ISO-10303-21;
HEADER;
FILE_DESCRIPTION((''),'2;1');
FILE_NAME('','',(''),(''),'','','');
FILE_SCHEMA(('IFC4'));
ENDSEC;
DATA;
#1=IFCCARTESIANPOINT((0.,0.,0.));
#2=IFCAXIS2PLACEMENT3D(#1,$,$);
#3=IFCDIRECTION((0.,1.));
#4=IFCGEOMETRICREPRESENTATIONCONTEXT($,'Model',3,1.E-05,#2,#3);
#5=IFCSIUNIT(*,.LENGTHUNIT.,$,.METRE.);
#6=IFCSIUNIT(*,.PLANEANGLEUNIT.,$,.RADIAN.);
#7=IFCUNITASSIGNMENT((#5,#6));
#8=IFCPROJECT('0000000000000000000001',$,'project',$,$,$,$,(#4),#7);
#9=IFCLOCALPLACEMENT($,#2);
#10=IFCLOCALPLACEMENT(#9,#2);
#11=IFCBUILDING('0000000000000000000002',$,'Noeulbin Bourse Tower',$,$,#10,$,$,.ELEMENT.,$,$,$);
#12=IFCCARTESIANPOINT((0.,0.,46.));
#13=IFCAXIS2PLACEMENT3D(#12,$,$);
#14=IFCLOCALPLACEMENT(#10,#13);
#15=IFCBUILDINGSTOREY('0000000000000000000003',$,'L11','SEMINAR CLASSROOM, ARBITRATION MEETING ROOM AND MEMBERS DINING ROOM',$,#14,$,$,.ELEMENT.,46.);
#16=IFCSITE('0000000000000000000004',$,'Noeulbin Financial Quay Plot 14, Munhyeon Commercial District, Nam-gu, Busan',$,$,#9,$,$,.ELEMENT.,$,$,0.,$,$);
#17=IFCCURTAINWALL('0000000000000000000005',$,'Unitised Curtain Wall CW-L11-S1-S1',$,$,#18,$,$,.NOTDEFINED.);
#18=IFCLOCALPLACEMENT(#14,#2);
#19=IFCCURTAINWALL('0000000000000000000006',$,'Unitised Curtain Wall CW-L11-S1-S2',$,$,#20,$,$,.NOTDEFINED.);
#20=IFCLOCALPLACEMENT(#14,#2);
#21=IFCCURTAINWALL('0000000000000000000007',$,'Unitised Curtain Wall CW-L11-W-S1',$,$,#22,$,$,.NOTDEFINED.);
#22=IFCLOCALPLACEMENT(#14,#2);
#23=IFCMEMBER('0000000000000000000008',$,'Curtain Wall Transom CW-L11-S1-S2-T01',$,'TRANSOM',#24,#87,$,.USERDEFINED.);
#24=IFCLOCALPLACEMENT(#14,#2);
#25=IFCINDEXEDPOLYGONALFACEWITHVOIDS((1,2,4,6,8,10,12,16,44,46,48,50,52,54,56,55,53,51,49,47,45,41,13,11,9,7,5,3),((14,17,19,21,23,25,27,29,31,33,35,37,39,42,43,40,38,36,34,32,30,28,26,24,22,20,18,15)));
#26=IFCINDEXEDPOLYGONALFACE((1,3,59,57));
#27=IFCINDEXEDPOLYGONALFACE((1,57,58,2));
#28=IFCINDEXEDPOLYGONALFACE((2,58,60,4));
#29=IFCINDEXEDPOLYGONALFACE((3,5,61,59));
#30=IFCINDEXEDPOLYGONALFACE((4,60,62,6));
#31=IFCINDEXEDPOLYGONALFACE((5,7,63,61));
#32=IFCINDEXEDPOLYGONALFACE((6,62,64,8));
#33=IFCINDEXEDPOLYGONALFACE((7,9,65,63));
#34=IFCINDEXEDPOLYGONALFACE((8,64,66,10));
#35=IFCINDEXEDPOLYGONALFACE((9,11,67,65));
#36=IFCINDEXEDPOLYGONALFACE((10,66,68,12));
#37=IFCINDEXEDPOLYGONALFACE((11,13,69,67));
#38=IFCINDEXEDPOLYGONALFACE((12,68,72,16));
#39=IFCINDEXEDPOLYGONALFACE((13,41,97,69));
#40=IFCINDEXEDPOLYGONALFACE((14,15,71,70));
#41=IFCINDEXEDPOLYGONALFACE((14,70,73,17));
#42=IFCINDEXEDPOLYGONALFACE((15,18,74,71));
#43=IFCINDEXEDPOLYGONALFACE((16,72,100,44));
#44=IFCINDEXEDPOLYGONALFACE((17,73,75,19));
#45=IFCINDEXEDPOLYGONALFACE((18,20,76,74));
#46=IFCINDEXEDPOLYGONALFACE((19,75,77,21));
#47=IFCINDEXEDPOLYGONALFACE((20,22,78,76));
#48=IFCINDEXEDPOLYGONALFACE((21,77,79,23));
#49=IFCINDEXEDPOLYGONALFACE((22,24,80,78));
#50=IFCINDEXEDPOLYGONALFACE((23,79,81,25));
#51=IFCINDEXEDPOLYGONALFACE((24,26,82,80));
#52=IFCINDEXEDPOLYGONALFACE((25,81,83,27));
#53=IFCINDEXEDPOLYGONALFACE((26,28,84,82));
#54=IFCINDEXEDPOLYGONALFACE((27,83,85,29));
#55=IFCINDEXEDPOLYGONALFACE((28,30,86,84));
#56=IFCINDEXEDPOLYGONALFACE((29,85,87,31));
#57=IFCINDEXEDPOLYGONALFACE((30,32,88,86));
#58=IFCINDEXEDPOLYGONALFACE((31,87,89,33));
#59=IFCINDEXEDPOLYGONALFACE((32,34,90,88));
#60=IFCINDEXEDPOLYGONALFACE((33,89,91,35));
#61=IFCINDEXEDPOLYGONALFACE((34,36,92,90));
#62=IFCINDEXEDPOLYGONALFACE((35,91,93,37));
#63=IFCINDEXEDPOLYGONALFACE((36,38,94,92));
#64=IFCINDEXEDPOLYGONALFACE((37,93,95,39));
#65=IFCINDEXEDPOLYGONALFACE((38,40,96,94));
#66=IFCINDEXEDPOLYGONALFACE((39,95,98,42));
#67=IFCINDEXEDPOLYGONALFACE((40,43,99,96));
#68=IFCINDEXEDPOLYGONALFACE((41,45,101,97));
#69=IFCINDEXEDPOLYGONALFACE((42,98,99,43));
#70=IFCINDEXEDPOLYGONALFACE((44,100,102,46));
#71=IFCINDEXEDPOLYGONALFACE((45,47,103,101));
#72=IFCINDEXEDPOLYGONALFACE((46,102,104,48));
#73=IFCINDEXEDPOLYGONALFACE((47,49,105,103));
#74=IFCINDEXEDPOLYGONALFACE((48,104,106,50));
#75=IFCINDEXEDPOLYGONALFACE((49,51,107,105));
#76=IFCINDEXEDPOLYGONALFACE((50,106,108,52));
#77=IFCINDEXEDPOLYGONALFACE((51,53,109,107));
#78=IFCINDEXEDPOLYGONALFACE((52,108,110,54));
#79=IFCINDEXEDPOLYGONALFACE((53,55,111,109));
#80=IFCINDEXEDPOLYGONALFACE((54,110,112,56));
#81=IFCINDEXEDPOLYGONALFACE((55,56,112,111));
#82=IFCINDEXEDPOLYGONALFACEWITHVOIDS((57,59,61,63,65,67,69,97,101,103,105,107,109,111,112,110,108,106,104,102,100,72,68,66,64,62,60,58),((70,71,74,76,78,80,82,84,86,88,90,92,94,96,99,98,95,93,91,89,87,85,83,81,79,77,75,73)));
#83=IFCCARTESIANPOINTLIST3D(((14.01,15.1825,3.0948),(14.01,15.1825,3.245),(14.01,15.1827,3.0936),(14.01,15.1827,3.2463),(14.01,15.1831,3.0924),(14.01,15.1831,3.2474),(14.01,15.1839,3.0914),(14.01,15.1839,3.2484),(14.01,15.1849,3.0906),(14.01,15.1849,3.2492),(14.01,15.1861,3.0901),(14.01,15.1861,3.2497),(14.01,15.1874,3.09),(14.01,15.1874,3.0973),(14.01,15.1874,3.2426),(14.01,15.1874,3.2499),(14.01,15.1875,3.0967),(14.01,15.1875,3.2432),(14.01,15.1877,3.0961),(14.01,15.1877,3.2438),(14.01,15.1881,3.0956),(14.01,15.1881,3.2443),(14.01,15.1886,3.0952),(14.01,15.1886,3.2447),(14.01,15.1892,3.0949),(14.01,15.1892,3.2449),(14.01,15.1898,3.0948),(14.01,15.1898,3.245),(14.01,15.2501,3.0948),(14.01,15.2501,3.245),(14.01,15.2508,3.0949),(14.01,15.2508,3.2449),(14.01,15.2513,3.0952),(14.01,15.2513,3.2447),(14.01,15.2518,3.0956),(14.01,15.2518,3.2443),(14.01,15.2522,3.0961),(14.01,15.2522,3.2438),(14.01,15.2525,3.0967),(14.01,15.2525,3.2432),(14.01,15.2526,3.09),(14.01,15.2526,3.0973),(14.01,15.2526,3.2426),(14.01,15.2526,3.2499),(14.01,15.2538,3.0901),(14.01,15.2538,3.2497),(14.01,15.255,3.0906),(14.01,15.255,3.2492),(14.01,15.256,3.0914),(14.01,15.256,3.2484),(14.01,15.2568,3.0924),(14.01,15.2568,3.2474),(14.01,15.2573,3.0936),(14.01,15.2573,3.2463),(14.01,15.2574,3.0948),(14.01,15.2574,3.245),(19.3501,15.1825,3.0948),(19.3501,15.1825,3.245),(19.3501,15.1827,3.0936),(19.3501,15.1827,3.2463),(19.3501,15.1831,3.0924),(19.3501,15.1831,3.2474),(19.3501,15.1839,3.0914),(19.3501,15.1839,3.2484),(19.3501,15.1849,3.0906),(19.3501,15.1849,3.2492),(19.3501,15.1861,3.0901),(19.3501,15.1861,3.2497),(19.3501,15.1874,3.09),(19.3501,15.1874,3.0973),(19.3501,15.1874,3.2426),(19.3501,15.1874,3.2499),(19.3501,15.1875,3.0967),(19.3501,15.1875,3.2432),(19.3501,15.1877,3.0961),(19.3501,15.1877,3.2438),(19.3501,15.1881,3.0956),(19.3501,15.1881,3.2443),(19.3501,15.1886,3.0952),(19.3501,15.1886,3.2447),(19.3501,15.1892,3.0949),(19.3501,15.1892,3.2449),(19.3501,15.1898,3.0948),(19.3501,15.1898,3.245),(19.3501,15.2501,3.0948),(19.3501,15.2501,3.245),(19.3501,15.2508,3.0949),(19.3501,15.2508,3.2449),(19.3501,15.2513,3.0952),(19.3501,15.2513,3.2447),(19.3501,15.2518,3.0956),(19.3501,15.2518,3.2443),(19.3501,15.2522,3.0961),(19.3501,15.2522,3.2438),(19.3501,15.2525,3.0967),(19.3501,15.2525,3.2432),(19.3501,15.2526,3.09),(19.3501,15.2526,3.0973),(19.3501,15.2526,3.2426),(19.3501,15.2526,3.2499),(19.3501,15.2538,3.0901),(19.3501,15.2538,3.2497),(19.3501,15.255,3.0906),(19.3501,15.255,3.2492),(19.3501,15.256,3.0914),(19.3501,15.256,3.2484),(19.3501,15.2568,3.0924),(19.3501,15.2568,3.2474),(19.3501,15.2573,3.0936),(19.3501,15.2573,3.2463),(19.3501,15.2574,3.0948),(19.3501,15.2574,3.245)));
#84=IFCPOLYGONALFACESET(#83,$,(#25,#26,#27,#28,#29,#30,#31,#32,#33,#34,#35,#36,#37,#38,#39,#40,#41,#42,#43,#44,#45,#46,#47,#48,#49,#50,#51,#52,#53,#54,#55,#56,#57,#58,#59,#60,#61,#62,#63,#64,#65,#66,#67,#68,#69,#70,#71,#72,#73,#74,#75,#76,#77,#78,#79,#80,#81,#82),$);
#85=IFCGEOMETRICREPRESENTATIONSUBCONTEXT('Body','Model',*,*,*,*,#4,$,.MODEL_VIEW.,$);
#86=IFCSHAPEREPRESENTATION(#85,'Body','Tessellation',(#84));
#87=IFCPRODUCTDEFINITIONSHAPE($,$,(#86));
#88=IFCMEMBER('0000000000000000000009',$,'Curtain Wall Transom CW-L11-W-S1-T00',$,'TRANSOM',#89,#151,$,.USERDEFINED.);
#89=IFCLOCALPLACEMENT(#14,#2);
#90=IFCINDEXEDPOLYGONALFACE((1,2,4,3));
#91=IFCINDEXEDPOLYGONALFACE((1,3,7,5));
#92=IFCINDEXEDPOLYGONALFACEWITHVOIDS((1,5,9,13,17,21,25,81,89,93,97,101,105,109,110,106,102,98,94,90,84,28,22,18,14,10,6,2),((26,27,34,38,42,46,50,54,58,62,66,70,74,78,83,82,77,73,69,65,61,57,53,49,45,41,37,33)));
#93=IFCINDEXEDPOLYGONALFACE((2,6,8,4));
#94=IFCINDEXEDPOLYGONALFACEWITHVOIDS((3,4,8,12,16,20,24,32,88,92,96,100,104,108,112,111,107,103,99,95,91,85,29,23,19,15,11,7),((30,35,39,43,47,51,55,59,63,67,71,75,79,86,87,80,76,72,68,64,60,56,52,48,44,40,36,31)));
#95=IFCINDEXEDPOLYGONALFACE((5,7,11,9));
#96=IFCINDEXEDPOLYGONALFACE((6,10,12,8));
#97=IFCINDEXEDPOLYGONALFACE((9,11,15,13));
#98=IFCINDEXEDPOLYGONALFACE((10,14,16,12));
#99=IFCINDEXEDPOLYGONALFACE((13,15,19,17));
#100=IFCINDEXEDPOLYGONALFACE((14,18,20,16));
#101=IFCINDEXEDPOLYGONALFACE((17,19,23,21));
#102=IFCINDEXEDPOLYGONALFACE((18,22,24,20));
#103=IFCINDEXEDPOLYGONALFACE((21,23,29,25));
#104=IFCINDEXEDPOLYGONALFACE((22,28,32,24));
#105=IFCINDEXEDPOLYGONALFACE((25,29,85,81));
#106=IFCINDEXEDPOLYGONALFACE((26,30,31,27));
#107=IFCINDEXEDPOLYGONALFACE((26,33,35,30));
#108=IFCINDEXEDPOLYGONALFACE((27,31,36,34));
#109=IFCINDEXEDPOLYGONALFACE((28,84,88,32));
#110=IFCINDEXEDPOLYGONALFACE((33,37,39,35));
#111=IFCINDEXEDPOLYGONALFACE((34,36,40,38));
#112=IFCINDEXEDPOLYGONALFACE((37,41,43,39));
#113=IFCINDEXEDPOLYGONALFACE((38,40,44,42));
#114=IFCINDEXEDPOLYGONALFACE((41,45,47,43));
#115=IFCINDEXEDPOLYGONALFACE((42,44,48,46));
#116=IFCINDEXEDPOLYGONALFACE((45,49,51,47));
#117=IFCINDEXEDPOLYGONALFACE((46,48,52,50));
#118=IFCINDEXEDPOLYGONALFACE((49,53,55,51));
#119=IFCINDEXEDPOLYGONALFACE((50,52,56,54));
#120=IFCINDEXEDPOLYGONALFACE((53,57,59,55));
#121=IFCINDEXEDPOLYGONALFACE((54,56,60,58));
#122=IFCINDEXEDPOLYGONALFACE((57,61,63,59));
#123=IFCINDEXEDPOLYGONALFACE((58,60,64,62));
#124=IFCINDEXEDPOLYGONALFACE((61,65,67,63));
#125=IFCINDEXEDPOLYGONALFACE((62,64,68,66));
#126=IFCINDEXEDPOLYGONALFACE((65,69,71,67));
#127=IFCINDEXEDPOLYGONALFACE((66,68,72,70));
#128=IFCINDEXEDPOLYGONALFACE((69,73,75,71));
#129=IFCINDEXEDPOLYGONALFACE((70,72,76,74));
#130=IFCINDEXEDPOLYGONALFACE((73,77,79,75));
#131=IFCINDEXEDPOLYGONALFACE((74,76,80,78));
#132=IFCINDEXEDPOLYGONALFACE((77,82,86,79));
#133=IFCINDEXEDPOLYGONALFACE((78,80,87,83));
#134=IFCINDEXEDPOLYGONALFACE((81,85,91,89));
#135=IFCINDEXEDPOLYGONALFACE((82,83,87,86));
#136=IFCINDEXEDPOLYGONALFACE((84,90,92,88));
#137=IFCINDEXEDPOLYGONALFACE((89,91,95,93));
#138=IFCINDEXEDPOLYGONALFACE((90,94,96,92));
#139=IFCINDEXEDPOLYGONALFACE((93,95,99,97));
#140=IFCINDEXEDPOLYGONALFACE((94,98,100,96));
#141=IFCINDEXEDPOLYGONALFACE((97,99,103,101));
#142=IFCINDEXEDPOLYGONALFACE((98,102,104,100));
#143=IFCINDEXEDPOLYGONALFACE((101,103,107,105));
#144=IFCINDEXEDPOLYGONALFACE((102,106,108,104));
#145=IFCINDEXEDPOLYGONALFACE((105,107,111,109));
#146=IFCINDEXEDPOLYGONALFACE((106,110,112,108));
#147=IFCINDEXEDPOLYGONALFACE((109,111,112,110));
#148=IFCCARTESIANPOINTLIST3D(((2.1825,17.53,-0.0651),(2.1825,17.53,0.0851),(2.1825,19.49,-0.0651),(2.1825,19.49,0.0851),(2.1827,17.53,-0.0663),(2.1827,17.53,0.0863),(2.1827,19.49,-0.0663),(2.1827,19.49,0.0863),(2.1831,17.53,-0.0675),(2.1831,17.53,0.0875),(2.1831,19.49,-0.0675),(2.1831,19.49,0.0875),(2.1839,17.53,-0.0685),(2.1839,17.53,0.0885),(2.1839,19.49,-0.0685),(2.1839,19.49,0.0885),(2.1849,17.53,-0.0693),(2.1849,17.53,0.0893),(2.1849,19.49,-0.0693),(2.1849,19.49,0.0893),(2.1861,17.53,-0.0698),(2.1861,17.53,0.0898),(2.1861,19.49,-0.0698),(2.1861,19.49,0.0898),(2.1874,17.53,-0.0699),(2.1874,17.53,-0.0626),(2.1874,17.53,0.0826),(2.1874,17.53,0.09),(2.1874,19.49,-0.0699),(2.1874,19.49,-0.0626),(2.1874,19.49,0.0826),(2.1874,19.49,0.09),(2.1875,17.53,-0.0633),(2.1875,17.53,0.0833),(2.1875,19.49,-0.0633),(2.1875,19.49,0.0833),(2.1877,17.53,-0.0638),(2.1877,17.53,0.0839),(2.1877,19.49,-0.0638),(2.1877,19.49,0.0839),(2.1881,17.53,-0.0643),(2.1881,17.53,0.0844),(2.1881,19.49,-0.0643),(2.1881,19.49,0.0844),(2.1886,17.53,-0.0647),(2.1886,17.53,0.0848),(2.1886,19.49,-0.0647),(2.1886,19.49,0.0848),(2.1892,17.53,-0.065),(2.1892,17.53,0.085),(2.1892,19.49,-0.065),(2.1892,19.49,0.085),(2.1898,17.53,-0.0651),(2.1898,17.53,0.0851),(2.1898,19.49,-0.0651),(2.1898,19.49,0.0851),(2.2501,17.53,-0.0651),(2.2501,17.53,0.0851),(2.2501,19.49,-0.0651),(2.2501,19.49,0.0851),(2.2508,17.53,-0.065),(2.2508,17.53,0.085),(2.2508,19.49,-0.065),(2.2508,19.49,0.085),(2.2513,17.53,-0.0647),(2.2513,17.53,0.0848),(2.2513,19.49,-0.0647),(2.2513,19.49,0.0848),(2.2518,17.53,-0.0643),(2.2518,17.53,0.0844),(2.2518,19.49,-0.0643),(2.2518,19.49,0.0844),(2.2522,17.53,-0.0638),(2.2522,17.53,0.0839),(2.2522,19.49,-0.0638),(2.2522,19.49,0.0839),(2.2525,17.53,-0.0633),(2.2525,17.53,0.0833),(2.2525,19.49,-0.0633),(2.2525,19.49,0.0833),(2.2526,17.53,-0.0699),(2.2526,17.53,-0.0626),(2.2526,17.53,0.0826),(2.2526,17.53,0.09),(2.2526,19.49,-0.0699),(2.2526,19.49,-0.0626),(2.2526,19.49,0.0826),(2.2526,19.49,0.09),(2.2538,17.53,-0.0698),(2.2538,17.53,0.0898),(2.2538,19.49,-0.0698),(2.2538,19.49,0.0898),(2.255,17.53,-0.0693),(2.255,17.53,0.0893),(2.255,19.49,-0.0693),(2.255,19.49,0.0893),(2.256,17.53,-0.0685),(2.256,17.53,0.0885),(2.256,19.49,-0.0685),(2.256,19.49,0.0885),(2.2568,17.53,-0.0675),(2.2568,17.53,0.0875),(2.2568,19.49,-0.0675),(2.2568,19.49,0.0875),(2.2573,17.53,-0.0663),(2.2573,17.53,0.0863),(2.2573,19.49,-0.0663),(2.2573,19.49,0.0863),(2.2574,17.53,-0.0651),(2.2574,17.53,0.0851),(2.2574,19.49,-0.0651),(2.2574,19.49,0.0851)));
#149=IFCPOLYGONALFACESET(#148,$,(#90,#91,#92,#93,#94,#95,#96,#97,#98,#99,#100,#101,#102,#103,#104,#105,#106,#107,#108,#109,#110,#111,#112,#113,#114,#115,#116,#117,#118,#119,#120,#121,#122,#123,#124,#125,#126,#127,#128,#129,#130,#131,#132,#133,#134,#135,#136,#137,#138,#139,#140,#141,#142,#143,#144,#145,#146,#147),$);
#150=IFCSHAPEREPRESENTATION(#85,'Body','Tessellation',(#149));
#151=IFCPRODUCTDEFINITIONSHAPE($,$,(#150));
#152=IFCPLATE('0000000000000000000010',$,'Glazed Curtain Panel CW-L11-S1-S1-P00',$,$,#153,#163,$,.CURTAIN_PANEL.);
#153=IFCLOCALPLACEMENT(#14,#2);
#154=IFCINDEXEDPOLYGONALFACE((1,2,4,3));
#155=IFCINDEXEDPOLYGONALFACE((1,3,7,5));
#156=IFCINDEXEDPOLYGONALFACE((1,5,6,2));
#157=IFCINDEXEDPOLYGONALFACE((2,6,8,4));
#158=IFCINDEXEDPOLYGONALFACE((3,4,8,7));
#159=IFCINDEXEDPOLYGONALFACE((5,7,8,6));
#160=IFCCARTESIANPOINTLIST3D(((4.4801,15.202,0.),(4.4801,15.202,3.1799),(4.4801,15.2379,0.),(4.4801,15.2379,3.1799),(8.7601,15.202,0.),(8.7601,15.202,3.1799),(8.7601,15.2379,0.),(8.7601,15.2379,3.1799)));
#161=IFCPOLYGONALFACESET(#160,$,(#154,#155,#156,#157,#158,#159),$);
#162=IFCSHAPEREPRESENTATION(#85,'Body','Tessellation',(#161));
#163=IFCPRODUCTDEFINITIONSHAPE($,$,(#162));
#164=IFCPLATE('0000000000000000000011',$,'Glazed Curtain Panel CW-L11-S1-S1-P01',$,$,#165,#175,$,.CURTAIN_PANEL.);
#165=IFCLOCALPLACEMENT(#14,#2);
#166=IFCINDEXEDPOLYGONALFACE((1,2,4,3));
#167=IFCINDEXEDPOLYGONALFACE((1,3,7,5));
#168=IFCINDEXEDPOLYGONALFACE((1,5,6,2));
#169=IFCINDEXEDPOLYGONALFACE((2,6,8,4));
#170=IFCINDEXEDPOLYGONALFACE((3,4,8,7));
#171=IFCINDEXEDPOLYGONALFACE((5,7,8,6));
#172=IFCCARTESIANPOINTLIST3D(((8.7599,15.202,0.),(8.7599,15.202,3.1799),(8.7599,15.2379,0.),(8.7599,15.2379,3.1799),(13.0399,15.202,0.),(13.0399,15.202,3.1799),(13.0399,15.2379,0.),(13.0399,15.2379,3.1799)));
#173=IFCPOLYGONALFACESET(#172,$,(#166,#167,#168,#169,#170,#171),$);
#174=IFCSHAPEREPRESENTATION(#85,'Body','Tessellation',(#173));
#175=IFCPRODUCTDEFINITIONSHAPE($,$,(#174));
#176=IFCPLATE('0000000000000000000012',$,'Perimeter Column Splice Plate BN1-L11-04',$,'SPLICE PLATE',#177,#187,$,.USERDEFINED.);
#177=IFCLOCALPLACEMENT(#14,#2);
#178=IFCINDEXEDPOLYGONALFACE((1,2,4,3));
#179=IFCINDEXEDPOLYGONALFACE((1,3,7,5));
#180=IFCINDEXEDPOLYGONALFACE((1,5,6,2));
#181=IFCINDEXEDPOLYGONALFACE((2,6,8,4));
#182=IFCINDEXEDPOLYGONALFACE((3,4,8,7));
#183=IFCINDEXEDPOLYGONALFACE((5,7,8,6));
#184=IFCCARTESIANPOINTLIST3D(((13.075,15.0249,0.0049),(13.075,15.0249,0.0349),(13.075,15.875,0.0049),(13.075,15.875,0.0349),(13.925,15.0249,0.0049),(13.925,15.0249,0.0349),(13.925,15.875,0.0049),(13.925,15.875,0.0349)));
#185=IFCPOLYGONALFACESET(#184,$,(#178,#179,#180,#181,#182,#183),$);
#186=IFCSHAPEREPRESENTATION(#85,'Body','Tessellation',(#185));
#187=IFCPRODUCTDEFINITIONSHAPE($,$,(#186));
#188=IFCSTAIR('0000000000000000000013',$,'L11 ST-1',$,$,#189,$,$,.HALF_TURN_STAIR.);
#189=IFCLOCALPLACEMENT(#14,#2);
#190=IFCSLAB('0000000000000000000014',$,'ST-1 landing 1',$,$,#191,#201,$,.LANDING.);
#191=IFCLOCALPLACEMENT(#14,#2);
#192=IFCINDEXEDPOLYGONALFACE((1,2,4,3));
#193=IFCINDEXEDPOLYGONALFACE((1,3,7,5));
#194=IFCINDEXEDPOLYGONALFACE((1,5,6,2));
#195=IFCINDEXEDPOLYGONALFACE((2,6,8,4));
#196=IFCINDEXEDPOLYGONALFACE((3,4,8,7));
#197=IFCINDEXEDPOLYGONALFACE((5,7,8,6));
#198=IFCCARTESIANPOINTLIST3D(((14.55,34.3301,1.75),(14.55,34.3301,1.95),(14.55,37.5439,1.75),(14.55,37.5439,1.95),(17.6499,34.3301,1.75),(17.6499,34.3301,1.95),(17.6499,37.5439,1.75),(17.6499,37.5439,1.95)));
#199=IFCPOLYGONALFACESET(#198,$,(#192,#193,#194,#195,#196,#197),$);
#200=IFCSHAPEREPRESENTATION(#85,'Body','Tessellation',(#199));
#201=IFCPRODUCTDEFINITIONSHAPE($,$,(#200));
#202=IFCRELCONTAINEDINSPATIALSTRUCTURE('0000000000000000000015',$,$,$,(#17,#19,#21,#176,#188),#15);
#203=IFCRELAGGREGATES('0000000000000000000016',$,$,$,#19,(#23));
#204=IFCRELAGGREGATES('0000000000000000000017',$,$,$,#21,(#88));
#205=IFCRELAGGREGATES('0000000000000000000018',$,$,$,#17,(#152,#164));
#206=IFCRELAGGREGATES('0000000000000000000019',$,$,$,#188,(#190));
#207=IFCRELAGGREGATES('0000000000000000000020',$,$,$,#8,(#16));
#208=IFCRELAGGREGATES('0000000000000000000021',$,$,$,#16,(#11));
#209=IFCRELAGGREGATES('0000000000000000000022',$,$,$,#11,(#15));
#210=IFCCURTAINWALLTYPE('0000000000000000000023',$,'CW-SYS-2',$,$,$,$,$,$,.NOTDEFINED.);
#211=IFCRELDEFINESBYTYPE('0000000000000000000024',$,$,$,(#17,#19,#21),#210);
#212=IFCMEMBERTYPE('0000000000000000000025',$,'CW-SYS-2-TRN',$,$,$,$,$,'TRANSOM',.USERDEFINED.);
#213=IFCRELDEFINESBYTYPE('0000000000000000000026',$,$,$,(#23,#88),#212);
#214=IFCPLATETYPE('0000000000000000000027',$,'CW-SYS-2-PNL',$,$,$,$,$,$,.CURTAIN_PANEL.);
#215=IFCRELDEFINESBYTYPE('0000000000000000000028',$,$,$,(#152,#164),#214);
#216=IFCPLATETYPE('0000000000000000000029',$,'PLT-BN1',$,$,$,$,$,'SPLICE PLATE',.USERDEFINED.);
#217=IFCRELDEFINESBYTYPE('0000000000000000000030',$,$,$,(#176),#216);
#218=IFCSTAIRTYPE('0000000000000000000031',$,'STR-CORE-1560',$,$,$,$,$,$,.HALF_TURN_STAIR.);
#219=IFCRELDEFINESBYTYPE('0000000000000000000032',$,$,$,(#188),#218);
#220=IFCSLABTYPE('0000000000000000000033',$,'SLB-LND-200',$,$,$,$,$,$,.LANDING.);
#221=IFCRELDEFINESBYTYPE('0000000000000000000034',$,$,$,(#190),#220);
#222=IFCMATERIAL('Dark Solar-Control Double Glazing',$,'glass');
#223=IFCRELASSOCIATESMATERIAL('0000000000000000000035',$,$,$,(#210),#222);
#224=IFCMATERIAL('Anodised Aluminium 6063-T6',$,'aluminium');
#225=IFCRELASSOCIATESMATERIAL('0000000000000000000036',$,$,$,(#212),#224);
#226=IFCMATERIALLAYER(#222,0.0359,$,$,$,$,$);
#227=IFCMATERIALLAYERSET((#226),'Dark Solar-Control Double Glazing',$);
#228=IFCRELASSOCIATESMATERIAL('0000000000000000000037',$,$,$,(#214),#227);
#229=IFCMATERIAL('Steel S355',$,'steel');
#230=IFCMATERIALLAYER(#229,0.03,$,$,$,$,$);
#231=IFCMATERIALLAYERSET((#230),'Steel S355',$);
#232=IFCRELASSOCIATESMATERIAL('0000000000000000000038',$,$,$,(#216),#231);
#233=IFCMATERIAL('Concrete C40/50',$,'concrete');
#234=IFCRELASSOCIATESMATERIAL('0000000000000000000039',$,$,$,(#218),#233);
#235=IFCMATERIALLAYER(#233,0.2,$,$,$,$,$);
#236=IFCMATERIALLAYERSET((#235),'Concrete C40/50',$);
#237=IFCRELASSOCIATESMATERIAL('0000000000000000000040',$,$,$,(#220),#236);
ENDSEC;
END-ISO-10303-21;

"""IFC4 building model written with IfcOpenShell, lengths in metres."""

from ifc_helpers import new_model, si_unit, direction, frame, origin, origin_2d, place, context, subcontext, project, spatial, polyline, rectangle, hollow_rectangle, outline, extrude, material, layer, layer_set, material_profile, profile_set, type_object, element, aggregate, save


model = new_model("IFC4")

# Units and contexts
model_context = context("Model", 3, precision=1e-05, world=origin(), true_north=direction((0.0, 1.0)))
body_context = subcontext(model_context, "Body", "Model", "MODEL_VIEW")
ifc_project = project(units=[si_unit("LENGTHUNIT", "METRE"), si_unit("PLANEANGLEUNIT", "RADIAN")], contexts=[model_context])

# Site, building, storey
site_placement = place(None, origin())
site = spatial("IfcSite", under=ifc_project, at=site_placement, Name="Noeulbin Financial Quay Plot 14, Munhyeon Commercial District, Nam-gu, Busan", CompositionType="ELEMENT", RefElevation=0.0)
building_placement = place(site_placement, origin())
building = spatial("IfcBuilding", under=site, at=building_placement, Name="Noeulbin Bourse Tower", CompositionType="ELEMENT")
storey_placement = place(building_placement, frame((0.0, 0.0, 46.0)))
storey = spatial("IfcBuildingStorey", under=building, at=storey_placement, Name="L11", Description="SEMINAR CLASSROOM, ARBITRATION MEETING ROOM AND MEMBERS DINING ROOM", CompositionType="ELEMENT", Elevation=46.0)

# Shared definitions
ifc_material_1 = material(Name="Steel S355", Category="steel")

# Curtain wall
ifc_material_2 = material(Name="Dark Solar-Control Double Glazing", Category="glass")
curtain_wall_type = type_object("IfcCurtainWallType", Name="CW-SYS-2", PredefinedType="NOTDEFINED", material=ifc_material_2)
curtain_wall_1_placement = place(storey_placement, origin())
curtain_wall_1 = element("IfcCurtainWall", 1, at=curtain_wall_1_placement, inside=storey, type_object=curtain_wall_type, Name="Unitised Curtain Wall CW-L11-S1-S1", PredefinedType="NOTDEFINED")
ifc_material_3 = material(Name="Anodised Aluminium 6063-T6", Category="aluminium")

# Curtain walls
curtain_wall_2_placement = place(storey_placement, origin())
curtain_wall_2 = element("IfcCurtainWall", 2, at=curtain_wall_2_placement, inside=storey, type_object=curtain_wall_type, Name="Unitised Curtain Wall CW-L11-S1-S2", PredefinedType="NOTDEFINED")
curtain_wall_3_placement = place(storey_placement, origin())
curtain_wall_3 = element("IfcCurtainWall", 3, at=curtain_wall_3_placement, inside=storey, type_object=curtain_wall_type, Name="Unitised Curtain Wall CW-L11-W-S1", PredefinedType="NOTDEFINED")

# Members
ifc_material_profile_1 = material_profile(ifc_material_3, hollow_rectangle(XDim=0.075, YDim=0.1599, WallThickness=0.0049, InnerFilletRadius=0.0024, OuterFilletRadius=0.0049, at=origin_2d()), Name="ALU-TRAN-75x160x5", Category="LoadBearing")
ifc_profile_set_1 = profile_set([ifc_material_profile_1], Name="Anodised Aluminium 6063-T6")
member_type_1 = type_object("IfcMemberType", Name="CW-SYS-2-TRN", ElementType="TRANSOM", PredefinedType="USERDEFINED", material=ifc_profile_set_1)
member_1_placement = place(storey_placement, frame((14.01, 15.22, 3.1699), z_axis=(1.0, 0.0, 0.0), x_axis=(0.0, 1.0, 0.0)))
member_1 = element("IfcMember", 4, at=member_1_placement, type_object=member_type_1, Name="Curtain Wall Transom CW-L11-S1-S2-T01", ObjectType="TRANSOM", PredefinedType="USERDEFINED", context=body_context, shape_type="SweptSolid", body=[
    extrude(hollow_rectangle(XDim=0.075, YDim=0.1599, WallThickness=0.0049, InnerFilletRadius=0.0024, OuterFilletRadius=0.0049, at=origin_2d()), origin(), (0.0, 0.0, 1.0), 5.3401),
])
aggregate(curtain_wall_2, [member_1])
member_2_placement = place(storey_placement, frame((2.22, 17.53, 0.01), z_axis=(0.0, 1.0, 0.0), x_axis=(-1.0, 0.0, 0.0)))
member_2 = element("IfcMember", 5, at=member_2_placement, type_object=member_type_1, Name="Curtain Wall Transom CW-L11-W-S1-T00", ObjectType="TRANSOM", PredefinedType="USERDEFINED", context=body_context, shape_type="SweptSolid", body=[
    extrude(hollow_rectangle(XDim=0.075, YDim=0.1599, WallThickness=0.0049, InnerFilletRadius=0.0024, OuterFilletRadius=0.0049, at=origin_2d()), origin(), (0.0, 0.0, 1.0), 1.96),
])
aggregate(curtain_wall_3, [member_2])

# Plates
ifc_layer_1 = layer(ifc_material_2, 0.0359)
ifc_layer_set_1 = layer_set([ifc_layer_1], Name="Dark Solar-Control Double Glazing")
plate_type_1 = type_object("IfcPlateType", Name="CW-SYS-2-PNL", PredefinedType="CURTAIN_PANEL", material=ifc_layer_set_1)
plate_1_placement = place(storey_placement, frame((6.6201, 15.22, 0.0), z_axis=(0.0, 0.0, 1.0), x_axis=(1.0, 0.0, 0.0)))
plate_1 = element("IfcPlate", 6, at=plate_1_placement, type_object=plate_type_1, Name="Glazed Curtain Panel CW-L11-S1-S1-P00", PredefinedType="CURTAIN_PANEL", context=body_context, shape_type="SweptSolid", body=[
    extrude(rectangle(XDim=4.28, YDim=0.0359, at=origin_2d()), origin(), (0.0, 0.0, 1.0), 3.1799),
])
plate_2_placement = place(storey_placement, frame((10.8999, 15.22, 0.0), z_axis=(0.0, 0.0, 1.0), x_axis=(1.0, 0.0, 0.0)))
plate_2 = element("IfcPlate", 7, at=plate_2_placement, type_object=plate_type_1, Name="Glazed Curtain Panel CW-L11-S1-S1-P01", PredefinedType="CURTAIN_PANEL", context=body_context, shape_type="SweptSolid", body=[
    extrude(rectangle(XDim=4.28, YDim=0.0359, at=origin_2d()), origin(), (0.0, 0.0, 1.0), 3.1799),
])
aggregate(curtain_wall_1, [plate_1, plate_2])
ifc_layer_2 = layer(ifc_material_1, 0.03)
ifc_layer_set_2 = layer_set([ifc_layer_2], Name="Steel S355")
plate_type_2 = type_object("IfcPlateType", Name="PLT-BN1", ElementType="SPLICE PLATE", PredefinedType="USERDEFINED", material=ifc_layer_set_2)
plate_3_placement = place(storey_placement, frame((13.5, 15.45, 0.0049), z_axis=(0.0, 0.0, 1.0), x_axis=(1.0, 0.0, 0.0)))
element("IfcPlate", 8, at=plate_3_placement, inside=storey, type_object=plate_type_2, Name="Perimeter Column Splice Plate BN1-L11-04", ObjectType="SPLICE PLATE", PredefinedType="USERDEFINED", context=body_context, shape_type="SweptSolid", body=[
    extrude(rectangle(XDim=0.8501, YDim=0.8501, at=origin_2d()), origin(), (0.0, 0.0, 1.0), 0.03),
])

# Stair, slab
ifc_material_4 = material(Name="Concrete C40/50", Category="concrete")
stair_type = type_object("IfcStairType", Name="STR-CORE-1560", PredefinedType="HALF_TURN_STAIR", material=ifc_material_4)
stair_1_placement = place(storey_placement, origin())
stair_1 = element("IfcStair", 9, at=stair_1_placement, inside=storey, type_object=stair_type, Name="L11 ST-1", PredefinedType="HALF_TURN_STAIR")
ifc_layer_3 = layer(ifc_material_4, 0.2)
ifc_layer_set_3 = layer_set([ifc_layer_3], Name="Concrete C40/50")
slab_type_1 = type_object("IfcSlabType", Name="SLB-LND-200", PredefinedType="LANDING", material=ifc_layer_set_3)
slab_1_placement = place(storey_placement, frame((0.0, 0.0, 1.75)))
slab_1 = element("IfcSlab", 10, at=slab_1_placement, type_object=slab_type_1, Name="ST-1 landing 1", PredefinedType="LANDING", context=body_context, shape_type="SweptSolid", body=[
    extrude(outline(polyline([(17.6499, 34.3301), (17.6499, 37.5439), (14.55, 37.5439), (14.55, 34.3301), (17.6499, 34.3301)])), origin(), (0.0, 0.0, 1.0), 0.2),
])
aggregate(stair_1, [slab_1])

save(model, "model.ifc")
